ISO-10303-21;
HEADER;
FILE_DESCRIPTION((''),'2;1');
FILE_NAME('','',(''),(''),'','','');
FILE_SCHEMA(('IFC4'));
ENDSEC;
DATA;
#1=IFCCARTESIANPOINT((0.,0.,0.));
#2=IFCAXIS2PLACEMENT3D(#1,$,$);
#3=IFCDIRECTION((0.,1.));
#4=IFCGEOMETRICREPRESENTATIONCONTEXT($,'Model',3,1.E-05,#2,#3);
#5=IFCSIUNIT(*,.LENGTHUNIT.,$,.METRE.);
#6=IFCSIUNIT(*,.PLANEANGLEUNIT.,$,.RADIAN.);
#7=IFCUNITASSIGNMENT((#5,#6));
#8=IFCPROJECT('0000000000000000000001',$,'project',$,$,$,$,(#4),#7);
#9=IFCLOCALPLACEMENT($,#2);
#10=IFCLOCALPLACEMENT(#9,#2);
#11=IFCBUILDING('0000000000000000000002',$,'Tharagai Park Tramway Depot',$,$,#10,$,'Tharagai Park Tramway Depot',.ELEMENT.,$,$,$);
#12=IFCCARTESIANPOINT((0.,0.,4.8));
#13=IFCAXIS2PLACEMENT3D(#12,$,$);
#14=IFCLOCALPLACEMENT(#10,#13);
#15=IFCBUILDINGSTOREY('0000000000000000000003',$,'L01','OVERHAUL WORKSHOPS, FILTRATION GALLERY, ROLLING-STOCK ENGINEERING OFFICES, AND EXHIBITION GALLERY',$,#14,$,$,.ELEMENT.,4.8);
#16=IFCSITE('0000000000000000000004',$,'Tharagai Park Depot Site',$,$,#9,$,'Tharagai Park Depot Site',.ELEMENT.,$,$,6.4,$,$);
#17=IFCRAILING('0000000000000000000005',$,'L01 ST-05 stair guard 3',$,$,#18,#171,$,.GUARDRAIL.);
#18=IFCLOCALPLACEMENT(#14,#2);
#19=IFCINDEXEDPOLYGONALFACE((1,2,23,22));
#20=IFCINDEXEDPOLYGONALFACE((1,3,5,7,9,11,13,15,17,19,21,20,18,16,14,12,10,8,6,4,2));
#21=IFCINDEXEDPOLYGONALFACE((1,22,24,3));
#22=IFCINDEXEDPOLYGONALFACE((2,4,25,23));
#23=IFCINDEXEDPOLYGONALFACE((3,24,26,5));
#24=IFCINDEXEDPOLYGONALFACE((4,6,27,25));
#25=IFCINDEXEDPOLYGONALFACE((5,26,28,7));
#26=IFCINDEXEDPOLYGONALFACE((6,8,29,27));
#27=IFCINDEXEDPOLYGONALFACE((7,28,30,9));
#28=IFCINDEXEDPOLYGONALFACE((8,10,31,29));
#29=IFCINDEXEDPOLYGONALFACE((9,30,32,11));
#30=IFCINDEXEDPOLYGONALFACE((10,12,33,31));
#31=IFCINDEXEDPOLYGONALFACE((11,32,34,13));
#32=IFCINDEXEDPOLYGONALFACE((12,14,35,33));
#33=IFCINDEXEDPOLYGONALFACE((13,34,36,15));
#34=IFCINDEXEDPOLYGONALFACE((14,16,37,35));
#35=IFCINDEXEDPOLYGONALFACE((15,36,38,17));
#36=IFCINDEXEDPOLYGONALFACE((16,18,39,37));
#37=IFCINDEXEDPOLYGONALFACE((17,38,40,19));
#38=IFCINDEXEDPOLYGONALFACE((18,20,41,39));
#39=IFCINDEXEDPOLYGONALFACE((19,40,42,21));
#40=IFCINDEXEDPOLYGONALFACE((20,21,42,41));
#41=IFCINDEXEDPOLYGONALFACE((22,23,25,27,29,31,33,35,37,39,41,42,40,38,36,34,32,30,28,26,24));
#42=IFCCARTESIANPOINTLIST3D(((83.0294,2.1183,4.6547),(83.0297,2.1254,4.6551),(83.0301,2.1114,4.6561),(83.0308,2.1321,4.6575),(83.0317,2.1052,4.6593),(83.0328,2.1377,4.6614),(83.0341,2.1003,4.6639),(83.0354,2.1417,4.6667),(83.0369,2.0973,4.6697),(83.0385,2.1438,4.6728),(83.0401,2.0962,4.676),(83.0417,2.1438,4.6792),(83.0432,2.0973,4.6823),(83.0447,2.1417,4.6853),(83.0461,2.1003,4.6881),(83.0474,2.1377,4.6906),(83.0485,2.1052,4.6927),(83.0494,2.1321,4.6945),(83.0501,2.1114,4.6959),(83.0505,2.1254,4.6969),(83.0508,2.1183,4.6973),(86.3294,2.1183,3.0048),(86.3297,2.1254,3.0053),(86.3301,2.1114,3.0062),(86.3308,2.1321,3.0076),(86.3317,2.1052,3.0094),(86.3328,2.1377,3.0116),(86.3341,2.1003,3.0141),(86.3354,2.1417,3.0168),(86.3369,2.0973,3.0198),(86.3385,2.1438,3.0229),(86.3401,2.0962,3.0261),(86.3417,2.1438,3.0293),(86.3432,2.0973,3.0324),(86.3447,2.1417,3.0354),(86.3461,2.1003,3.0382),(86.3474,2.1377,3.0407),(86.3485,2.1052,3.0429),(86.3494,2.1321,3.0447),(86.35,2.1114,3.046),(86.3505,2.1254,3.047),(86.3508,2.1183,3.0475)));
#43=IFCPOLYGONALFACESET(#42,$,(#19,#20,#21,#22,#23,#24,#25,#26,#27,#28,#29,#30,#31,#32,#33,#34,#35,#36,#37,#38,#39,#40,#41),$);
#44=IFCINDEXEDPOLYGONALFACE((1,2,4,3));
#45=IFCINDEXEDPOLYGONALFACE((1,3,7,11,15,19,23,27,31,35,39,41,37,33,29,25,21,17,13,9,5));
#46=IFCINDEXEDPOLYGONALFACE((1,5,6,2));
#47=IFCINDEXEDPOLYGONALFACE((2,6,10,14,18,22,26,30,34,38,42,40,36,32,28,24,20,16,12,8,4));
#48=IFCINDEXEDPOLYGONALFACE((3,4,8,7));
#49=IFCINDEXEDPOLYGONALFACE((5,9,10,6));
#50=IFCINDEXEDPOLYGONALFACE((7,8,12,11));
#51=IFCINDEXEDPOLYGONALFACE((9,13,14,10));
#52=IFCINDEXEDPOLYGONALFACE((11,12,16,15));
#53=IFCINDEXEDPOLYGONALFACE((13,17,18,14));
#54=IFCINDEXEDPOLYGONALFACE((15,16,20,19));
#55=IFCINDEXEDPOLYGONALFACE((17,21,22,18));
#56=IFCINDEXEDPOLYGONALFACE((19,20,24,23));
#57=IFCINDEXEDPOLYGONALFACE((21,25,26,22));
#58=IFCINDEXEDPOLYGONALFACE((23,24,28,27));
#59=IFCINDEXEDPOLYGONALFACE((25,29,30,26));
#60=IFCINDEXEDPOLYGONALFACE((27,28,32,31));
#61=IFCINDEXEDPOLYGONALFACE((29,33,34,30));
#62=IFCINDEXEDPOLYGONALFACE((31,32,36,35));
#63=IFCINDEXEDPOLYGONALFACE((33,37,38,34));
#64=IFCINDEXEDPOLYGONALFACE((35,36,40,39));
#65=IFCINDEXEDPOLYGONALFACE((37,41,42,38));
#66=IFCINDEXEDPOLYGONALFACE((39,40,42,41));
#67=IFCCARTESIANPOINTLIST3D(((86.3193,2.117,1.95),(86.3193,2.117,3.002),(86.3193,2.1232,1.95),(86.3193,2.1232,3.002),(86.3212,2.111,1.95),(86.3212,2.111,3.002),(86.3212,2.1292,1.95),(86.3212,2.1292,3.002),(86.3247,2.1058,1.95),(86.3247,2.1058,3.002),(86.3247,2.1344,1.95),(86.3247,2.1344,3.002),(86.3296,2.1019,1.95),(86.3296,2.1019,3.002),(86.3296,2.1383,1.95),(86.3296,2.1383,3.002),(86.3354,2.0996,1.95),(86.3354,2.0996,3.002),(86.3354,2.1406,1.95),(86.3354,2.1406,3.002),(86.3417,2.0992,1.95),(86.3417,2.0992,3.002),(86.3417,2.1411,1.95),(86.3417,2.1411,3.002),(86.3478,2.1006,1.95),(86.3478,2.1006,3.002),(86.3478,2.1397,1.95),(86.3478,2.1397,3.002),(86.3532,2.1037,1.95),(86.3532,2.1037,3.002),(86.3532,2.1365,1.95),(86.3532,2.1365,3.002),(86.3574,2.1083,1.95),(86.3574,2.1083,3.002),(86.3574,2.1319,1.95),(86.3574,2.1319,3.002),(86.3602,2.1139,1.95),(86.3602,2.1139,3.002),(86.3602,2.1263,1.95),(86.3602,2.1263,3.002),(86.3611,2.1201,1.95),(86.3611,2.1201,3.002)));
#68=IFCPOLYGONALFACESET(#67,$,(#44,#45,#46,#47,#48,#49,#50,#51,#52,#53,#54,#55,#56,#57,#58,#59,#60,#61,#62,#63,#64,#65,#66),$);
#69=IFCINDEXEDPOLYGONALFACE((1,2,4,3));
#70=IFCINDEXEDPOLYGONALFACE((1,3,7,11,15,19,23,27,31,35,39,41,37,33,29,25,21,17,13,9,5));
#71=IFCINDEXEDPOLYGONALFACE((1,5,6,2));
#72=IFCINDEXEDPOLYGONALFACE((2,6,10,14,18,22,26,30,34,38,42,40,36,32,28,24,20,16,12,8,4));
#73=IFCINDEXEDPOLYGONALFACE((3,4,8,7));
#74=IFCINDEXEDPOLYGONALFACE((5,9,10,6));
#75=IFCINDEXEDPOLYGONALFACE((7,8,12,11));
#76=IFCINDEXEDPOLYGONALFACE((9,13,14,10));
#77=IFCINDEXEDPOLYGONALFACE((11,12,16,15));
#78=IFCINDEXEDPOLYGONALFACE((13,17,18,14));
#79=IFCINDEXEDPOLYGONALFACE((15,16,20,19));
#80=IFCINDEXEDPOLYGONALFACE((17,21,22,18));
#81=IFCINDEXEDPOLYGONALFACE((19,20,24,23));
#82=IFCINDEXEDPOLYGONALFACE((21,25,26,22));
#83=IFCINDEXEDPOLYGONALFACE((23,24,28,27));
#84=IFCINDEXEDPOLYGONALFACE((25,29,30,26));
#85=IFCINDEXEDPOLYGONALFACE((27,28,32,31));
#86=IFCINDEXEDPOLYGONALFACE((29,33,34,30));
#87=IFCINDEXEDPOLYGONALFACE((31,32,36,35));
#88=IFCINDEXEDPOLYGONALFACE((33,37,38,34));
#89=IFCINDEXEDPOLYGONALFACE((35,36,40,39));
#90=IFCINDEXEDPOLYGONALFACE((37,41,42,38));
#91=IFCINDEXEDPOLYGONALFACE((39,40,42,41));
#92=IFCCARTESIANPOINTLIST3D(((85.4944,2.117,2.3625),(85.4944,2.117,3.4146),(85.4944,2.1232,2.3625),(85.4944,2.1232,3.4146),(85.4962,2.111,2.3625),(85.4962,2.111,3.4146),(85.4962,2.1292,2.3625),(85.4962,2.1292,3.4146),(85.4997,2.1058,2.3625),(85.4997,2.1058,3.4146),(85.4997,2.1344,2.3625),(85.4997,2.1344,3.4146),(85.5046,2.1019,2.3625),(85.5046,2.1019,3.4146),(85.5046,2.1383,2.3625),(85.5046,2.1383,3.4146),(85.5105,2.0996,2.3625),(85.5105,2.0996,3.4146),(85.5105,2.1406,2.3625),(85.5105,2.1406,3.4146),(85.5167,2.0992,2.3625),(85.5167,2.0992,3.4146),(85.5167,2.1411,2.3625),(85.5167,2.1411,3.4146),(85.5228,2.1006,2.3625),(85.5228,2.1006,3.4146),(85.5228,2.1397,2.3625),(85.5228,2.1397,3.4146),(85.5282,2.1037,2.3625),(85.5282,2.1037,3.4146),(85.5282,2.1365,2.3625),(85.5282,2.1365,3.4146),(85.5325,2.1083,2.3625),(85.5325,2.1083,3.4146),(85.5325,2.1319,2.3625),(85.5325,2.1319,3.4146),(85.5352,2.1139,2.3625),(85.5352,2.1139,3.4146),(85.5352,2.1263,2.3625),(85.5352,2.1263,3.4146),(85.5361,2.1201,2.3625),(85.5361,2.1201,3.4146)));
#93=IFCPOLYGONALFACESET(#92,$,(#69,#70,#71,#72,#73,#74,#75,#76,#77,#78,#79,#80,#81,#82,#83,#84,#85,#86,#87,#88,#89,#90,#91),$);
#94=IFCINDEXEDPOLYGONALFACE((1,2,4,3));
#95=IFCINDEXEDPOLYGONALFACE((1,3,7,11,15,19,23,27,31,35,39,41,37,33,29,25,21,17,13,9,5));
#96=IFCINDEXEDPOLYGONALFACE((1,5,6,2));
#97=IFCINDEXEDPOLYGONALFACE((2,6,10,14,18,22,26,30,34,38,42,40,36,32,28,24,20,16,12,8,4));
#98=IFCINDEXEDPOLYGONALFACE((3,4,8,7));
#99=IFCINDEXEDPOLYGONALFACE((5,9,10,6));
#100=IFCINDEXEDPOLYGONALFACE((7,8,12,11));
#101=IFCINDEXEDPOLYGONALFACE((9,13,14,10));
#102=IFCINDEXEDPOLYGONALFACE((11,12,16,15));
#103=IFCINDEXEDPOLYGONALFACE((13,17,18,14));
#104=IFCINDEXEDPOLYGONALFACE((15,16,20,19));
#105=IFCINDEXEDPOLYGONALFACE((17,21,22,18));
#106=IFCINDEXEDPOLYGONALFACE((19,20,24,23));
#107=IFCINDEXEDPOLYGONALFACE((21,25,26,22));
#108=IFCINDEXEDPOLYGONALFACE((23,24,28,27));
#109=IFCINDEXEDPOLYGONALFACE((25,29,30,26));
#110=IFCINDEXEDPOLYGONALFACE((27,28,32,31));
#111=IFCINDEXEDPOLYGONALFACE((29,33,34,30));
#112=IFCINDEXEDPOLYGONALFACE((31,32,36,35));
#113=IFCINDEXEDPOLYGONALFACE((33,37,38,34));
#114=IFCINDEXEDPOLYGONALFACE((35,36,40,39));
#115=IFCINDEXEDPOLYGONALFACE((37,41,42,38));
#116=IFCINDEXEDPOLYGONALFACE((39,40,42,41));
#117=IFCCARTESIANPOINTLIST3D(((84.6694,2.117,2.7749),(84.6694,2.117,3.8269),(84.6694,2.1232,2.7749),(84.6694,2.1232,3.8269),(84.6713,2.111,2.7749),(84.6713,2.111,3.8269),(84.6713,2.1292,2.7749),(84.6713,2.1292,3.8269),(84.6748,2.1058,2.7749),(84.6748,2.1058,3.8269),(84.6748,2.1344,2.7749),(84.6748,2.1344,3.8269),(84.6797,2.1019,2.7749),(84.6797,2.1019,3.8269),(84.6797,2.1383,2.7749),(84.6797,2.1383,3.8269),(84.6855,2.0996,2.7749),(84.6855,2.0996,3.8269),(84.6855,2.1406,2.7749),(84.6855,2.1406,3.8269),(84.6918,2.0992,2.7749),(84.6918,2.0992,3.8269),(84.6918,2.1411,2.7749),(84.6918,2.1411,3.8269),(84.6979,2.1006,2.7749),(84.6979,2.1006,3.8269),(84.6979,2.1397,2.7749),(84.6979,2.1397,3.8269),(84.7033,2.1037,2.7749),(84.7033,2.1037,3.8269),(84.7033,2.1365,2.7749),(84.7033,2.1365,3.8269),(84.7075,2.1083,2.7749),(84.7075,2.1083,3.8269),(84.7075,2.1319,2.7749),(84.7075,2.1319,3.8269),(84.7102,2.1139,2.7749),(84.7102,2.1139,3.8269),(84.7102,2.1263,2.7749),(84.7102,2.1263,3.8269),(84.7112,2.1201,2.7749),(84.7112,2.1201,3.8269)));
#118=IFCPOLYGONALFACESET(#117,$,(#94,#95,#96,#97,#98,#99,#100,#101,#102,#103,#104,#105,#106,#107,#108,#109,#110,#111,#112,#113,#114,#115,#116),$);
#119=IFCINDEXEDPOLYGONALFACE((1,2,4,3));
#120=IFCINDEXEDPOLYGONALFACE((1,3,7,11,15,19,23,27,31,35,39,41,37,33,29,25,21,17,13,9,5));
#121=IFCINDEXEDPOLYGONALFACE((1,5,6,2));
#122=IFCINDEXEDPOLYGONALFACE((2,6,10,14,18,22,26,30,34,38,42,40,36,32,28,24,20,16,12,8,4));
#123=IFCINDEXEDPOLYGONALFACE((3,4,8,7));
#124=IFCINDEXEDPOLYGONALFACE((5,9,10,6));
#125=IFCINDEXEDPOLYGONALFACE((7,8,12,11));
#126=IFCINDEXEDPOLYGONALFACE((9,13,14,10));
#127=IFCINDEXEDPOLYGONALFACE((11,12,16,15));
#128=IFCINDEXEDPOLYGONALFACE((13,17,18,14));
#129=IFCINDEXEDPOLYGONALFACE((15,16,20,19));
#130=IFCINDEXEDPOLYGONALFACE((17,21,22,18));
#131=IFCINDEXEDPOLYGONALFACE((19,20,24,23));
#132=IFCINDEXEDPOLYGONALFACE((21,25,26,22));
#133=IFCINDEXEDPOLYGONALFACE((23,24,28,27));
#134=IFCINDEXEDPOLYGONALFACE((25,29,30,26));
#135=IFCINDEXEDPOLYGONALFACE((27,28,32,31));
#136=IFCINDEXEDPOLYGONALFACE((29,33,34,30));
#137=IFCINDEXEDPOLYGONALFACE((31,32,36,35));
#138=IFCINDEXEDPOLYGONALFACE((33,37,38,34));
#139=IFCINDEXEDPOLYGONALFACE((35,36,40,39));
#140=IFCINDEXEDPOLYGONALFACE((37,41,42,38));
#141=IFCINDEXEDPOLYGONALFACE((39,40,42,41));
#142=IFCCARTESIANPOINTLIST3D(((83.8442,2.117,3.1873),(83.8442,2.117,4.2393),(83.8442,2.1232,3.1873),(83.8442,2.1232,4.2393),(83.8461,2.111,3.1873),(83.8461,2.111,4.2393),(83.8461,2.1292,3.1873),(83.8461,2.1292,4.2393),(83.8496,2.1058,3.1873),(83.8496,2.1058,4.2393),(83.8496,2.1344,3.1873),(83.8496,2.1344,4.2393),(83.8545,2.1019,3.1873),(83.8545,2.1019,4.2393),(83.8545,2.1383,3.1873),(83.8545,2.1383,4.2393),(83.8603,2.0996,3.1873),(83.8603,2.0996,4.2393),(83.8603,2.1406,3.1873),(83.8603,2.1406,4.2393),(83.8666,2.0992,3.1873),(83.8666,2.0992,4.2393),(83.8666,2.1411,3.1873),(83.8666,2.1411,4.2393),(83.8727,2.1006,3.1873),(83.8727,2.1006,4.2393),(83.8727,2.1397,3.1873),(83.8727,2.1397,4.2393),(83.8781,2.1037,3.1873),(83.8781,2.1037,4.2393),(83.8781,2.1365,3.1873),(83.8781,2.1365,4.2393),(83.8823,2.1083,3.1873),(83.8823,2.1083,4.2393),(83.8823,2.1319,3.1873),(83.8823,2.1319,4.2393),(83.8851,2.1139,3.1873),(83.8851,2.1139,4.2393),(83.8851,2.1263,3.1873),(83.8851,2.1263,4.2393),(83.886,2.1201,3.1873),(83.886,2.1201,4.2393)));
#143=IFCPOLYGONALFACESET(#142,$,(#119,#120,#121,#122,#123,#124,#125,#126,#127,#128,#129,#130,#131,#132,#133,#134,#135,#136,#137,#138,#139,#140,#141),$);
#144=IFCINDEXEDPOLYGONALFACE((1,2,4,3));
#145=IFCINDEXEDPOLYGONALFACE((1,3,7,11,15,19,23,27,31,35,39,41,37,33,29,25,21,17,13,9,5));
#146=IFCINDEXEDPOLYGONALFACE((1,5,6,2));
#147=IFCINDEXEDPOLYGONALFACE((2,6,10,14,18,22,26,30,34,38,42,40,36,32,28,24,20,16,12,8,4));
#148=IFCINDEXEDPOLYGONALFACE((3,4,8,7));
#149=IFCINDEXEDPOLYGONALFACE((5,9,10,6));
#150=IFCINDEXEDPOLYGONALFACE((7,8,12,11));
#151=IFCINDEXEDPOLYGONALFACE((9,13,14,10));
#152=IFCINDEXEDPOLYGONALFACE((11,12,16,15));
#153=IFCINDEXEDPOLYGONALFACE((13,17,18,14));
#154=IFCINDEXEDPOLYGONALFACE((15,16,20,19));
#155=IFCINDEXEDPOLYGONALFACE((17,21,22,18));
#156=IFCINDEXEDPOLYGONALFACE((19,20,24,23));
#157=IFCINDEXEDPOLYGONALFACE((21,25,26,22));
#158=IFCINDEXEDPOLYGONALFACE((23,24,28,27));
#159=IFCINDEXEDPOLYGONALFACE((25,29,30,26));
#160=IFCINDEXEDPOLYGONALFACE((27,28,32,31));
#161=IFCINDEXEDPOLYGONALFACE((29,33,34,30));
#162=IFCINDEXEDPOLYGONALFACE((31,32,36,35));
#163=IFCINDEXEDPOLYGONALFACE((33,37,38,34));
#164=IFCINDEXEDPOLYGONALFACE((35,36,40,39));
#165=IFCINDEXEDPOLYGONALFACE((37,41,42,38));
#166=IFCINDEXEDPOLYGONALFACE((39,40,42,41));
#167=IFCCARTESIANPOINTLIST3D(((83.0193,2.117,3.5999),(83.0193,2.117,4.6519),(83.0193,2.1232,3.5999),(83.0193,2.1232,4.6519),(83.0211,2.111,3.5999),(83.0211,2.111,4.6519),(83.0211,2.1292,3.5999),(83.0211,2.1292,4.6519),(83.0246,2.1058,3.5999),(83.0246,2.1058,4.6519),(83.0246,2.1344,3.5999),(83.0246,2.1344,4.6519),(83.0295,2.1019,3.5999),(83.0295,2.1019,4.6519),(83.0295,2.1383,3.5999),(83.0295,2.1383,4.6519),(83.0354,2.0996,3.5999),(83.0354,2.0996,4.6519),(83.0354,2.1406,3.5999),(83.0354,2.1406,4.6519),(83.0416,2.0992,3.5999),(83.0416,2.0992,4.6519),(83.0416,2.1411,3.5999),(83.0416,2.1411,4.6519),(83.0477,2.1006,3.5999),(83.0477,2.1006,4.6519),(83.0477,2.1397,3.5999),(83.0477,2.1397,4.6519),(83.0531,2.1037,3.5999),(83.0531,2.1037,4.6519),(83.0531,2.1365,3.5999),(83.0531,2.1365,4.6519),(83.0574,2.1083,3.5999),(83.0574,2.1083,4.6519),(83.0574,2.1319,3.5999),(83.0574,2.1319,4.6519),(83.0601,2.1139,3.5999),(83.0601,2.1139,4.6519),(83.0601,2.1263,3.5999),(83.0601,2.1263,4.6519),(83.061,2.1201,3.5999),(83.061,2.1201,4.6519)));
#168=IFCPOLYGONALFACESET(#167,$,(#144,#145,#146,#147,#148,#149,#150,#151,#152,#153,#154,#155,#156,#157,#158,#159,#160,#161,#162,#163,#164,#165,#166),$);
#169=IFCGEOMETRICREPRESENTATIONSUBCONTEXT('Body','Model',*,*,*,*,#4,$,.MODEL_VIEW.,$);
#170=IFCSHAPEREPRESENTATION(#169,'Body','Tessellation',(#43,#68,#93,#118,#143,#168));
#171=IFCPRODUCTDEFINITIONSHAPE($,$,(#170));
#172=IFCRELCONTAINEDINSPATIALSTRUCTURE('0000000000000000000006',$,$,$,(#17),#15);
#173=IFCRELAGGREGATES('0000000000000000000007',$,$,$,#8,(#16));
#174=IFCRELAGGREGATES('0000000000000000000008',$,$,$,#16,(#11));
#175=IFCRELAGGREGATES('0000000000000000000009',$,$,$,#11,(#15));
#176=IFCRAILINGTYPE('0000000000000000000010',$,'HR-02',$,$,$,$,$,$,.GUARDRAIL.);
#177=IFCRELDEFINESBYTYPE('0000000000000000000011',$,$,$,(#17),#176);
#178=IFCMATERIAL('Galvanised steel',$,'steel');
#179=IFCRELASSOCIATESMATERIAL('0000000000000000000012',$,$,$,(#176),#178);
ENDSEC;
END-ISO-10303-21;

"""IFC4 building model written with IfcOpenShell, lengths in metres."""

from ifc_helpers import new_model, si_unit, direction, frame, origin, origin_2d, place, context, subcontext, project, spatial, circle, extrude, material, type_object, element, save


model = new_model("IFC4")

# Units and contexts
model_context = context("Model", 3, precision=1e-05, world=origin(), true_north=direction((0.0, 1.0)))
body_context = subcontext(model_context, "Body", "Model", "MODEL_VIEW")
ifc_project = project(units=[si_unit("LENGTHUNIT", "METRE"), si_unit("PLANEANGLEUNIT", "RADIAN")], contexts=[model_context])

# Site, building, storey
site_placement = place(None, origin())
site = spatial("IfcSite", under=ifc_project, at=site_placement, Name="Tharagai Park Depot Site", LongName="Tharagai Park Depot Site", CompositionType="ELEMENT", RefElevation=6.4)
building_placement = place(site_placement, origin())
building = spatial("IfcBuilding", under=site, at=building_placement, Name="Tharagai Park Tramway Depot", LongName="Tharagai Park Tramway Depot", CompositionType="ELEMENT")
storey_placement = place(building_placement, frame((0.0, 0.0, 4.8)))
storey = spatial("IfcBuildingStorey", under=building, at=storey_placement, Name="L01", Description="OVERHAUL WORKSHOPS, FILTRATION GALLERY, ROLLING-STOCK ENGINEERING OFFICES, AND EXHIBITION GALLERY", CompositionType="ELEMENT", Elevation=4.8)

# Shared definitions
ifc_material_1 = material(Name="Galvanised steel", Category="steel")

# Railing
railing_type_1 = type_object("IfcRailingType", Name="HR-02", PredefinedType="GUARDRAIL", material=ifc_material_1)
railing_1_placement = place(storey_placement, frame((86.3401, 2.1201, 1.95)))
element("IfcRailing", 1, at=railing_1_placement, inside=storey, type_object=railing_type_1, Name="L01 ST-05 stair guard 3", PredefinedType="GUARDRAIL", context=body_context, shape_type="SweptSolid", body=[
    extrude(circle(Radius=0.0239, at=origin_2d()), frame((0.0, 0.0, 1.0762), z_axis=(-0.89444, 0.0, 0.447187), x_axis=(0.0, -1.0, 0.0)), (0.0, 0.0, 1.0), 3.6895),
    extrude(circle(Radius=0.021, at=origin_2d()), origin(), (0.0, 0.0, 1.0), 1.052),
    extrude(circle(Radius=0.021, at=origin_2d()), frame((-0.825, 0.0, 0.4126)), (0.0, 0.0, 1.0), 1.052),
    extrude(circle(Radius=0.021, at=origin_2d()), frame((-1.6499, 0.0, 0.825)), (0.0, 0.0, 1.0), 1.052),
    extrude(circle(Radius=0.021, at=origin_2d()), frame((-2.4751, 0.0, 1.2373)), (0.0, 0.0, 1.0), 1.052),
    extrude(circle(Radius=0.021, at=origin_2d()), frame((-3.3, 0.0, 1.6499)), (0.0, 0.0, 1.0), 1.052),
])

save(model, "model.ifc")
